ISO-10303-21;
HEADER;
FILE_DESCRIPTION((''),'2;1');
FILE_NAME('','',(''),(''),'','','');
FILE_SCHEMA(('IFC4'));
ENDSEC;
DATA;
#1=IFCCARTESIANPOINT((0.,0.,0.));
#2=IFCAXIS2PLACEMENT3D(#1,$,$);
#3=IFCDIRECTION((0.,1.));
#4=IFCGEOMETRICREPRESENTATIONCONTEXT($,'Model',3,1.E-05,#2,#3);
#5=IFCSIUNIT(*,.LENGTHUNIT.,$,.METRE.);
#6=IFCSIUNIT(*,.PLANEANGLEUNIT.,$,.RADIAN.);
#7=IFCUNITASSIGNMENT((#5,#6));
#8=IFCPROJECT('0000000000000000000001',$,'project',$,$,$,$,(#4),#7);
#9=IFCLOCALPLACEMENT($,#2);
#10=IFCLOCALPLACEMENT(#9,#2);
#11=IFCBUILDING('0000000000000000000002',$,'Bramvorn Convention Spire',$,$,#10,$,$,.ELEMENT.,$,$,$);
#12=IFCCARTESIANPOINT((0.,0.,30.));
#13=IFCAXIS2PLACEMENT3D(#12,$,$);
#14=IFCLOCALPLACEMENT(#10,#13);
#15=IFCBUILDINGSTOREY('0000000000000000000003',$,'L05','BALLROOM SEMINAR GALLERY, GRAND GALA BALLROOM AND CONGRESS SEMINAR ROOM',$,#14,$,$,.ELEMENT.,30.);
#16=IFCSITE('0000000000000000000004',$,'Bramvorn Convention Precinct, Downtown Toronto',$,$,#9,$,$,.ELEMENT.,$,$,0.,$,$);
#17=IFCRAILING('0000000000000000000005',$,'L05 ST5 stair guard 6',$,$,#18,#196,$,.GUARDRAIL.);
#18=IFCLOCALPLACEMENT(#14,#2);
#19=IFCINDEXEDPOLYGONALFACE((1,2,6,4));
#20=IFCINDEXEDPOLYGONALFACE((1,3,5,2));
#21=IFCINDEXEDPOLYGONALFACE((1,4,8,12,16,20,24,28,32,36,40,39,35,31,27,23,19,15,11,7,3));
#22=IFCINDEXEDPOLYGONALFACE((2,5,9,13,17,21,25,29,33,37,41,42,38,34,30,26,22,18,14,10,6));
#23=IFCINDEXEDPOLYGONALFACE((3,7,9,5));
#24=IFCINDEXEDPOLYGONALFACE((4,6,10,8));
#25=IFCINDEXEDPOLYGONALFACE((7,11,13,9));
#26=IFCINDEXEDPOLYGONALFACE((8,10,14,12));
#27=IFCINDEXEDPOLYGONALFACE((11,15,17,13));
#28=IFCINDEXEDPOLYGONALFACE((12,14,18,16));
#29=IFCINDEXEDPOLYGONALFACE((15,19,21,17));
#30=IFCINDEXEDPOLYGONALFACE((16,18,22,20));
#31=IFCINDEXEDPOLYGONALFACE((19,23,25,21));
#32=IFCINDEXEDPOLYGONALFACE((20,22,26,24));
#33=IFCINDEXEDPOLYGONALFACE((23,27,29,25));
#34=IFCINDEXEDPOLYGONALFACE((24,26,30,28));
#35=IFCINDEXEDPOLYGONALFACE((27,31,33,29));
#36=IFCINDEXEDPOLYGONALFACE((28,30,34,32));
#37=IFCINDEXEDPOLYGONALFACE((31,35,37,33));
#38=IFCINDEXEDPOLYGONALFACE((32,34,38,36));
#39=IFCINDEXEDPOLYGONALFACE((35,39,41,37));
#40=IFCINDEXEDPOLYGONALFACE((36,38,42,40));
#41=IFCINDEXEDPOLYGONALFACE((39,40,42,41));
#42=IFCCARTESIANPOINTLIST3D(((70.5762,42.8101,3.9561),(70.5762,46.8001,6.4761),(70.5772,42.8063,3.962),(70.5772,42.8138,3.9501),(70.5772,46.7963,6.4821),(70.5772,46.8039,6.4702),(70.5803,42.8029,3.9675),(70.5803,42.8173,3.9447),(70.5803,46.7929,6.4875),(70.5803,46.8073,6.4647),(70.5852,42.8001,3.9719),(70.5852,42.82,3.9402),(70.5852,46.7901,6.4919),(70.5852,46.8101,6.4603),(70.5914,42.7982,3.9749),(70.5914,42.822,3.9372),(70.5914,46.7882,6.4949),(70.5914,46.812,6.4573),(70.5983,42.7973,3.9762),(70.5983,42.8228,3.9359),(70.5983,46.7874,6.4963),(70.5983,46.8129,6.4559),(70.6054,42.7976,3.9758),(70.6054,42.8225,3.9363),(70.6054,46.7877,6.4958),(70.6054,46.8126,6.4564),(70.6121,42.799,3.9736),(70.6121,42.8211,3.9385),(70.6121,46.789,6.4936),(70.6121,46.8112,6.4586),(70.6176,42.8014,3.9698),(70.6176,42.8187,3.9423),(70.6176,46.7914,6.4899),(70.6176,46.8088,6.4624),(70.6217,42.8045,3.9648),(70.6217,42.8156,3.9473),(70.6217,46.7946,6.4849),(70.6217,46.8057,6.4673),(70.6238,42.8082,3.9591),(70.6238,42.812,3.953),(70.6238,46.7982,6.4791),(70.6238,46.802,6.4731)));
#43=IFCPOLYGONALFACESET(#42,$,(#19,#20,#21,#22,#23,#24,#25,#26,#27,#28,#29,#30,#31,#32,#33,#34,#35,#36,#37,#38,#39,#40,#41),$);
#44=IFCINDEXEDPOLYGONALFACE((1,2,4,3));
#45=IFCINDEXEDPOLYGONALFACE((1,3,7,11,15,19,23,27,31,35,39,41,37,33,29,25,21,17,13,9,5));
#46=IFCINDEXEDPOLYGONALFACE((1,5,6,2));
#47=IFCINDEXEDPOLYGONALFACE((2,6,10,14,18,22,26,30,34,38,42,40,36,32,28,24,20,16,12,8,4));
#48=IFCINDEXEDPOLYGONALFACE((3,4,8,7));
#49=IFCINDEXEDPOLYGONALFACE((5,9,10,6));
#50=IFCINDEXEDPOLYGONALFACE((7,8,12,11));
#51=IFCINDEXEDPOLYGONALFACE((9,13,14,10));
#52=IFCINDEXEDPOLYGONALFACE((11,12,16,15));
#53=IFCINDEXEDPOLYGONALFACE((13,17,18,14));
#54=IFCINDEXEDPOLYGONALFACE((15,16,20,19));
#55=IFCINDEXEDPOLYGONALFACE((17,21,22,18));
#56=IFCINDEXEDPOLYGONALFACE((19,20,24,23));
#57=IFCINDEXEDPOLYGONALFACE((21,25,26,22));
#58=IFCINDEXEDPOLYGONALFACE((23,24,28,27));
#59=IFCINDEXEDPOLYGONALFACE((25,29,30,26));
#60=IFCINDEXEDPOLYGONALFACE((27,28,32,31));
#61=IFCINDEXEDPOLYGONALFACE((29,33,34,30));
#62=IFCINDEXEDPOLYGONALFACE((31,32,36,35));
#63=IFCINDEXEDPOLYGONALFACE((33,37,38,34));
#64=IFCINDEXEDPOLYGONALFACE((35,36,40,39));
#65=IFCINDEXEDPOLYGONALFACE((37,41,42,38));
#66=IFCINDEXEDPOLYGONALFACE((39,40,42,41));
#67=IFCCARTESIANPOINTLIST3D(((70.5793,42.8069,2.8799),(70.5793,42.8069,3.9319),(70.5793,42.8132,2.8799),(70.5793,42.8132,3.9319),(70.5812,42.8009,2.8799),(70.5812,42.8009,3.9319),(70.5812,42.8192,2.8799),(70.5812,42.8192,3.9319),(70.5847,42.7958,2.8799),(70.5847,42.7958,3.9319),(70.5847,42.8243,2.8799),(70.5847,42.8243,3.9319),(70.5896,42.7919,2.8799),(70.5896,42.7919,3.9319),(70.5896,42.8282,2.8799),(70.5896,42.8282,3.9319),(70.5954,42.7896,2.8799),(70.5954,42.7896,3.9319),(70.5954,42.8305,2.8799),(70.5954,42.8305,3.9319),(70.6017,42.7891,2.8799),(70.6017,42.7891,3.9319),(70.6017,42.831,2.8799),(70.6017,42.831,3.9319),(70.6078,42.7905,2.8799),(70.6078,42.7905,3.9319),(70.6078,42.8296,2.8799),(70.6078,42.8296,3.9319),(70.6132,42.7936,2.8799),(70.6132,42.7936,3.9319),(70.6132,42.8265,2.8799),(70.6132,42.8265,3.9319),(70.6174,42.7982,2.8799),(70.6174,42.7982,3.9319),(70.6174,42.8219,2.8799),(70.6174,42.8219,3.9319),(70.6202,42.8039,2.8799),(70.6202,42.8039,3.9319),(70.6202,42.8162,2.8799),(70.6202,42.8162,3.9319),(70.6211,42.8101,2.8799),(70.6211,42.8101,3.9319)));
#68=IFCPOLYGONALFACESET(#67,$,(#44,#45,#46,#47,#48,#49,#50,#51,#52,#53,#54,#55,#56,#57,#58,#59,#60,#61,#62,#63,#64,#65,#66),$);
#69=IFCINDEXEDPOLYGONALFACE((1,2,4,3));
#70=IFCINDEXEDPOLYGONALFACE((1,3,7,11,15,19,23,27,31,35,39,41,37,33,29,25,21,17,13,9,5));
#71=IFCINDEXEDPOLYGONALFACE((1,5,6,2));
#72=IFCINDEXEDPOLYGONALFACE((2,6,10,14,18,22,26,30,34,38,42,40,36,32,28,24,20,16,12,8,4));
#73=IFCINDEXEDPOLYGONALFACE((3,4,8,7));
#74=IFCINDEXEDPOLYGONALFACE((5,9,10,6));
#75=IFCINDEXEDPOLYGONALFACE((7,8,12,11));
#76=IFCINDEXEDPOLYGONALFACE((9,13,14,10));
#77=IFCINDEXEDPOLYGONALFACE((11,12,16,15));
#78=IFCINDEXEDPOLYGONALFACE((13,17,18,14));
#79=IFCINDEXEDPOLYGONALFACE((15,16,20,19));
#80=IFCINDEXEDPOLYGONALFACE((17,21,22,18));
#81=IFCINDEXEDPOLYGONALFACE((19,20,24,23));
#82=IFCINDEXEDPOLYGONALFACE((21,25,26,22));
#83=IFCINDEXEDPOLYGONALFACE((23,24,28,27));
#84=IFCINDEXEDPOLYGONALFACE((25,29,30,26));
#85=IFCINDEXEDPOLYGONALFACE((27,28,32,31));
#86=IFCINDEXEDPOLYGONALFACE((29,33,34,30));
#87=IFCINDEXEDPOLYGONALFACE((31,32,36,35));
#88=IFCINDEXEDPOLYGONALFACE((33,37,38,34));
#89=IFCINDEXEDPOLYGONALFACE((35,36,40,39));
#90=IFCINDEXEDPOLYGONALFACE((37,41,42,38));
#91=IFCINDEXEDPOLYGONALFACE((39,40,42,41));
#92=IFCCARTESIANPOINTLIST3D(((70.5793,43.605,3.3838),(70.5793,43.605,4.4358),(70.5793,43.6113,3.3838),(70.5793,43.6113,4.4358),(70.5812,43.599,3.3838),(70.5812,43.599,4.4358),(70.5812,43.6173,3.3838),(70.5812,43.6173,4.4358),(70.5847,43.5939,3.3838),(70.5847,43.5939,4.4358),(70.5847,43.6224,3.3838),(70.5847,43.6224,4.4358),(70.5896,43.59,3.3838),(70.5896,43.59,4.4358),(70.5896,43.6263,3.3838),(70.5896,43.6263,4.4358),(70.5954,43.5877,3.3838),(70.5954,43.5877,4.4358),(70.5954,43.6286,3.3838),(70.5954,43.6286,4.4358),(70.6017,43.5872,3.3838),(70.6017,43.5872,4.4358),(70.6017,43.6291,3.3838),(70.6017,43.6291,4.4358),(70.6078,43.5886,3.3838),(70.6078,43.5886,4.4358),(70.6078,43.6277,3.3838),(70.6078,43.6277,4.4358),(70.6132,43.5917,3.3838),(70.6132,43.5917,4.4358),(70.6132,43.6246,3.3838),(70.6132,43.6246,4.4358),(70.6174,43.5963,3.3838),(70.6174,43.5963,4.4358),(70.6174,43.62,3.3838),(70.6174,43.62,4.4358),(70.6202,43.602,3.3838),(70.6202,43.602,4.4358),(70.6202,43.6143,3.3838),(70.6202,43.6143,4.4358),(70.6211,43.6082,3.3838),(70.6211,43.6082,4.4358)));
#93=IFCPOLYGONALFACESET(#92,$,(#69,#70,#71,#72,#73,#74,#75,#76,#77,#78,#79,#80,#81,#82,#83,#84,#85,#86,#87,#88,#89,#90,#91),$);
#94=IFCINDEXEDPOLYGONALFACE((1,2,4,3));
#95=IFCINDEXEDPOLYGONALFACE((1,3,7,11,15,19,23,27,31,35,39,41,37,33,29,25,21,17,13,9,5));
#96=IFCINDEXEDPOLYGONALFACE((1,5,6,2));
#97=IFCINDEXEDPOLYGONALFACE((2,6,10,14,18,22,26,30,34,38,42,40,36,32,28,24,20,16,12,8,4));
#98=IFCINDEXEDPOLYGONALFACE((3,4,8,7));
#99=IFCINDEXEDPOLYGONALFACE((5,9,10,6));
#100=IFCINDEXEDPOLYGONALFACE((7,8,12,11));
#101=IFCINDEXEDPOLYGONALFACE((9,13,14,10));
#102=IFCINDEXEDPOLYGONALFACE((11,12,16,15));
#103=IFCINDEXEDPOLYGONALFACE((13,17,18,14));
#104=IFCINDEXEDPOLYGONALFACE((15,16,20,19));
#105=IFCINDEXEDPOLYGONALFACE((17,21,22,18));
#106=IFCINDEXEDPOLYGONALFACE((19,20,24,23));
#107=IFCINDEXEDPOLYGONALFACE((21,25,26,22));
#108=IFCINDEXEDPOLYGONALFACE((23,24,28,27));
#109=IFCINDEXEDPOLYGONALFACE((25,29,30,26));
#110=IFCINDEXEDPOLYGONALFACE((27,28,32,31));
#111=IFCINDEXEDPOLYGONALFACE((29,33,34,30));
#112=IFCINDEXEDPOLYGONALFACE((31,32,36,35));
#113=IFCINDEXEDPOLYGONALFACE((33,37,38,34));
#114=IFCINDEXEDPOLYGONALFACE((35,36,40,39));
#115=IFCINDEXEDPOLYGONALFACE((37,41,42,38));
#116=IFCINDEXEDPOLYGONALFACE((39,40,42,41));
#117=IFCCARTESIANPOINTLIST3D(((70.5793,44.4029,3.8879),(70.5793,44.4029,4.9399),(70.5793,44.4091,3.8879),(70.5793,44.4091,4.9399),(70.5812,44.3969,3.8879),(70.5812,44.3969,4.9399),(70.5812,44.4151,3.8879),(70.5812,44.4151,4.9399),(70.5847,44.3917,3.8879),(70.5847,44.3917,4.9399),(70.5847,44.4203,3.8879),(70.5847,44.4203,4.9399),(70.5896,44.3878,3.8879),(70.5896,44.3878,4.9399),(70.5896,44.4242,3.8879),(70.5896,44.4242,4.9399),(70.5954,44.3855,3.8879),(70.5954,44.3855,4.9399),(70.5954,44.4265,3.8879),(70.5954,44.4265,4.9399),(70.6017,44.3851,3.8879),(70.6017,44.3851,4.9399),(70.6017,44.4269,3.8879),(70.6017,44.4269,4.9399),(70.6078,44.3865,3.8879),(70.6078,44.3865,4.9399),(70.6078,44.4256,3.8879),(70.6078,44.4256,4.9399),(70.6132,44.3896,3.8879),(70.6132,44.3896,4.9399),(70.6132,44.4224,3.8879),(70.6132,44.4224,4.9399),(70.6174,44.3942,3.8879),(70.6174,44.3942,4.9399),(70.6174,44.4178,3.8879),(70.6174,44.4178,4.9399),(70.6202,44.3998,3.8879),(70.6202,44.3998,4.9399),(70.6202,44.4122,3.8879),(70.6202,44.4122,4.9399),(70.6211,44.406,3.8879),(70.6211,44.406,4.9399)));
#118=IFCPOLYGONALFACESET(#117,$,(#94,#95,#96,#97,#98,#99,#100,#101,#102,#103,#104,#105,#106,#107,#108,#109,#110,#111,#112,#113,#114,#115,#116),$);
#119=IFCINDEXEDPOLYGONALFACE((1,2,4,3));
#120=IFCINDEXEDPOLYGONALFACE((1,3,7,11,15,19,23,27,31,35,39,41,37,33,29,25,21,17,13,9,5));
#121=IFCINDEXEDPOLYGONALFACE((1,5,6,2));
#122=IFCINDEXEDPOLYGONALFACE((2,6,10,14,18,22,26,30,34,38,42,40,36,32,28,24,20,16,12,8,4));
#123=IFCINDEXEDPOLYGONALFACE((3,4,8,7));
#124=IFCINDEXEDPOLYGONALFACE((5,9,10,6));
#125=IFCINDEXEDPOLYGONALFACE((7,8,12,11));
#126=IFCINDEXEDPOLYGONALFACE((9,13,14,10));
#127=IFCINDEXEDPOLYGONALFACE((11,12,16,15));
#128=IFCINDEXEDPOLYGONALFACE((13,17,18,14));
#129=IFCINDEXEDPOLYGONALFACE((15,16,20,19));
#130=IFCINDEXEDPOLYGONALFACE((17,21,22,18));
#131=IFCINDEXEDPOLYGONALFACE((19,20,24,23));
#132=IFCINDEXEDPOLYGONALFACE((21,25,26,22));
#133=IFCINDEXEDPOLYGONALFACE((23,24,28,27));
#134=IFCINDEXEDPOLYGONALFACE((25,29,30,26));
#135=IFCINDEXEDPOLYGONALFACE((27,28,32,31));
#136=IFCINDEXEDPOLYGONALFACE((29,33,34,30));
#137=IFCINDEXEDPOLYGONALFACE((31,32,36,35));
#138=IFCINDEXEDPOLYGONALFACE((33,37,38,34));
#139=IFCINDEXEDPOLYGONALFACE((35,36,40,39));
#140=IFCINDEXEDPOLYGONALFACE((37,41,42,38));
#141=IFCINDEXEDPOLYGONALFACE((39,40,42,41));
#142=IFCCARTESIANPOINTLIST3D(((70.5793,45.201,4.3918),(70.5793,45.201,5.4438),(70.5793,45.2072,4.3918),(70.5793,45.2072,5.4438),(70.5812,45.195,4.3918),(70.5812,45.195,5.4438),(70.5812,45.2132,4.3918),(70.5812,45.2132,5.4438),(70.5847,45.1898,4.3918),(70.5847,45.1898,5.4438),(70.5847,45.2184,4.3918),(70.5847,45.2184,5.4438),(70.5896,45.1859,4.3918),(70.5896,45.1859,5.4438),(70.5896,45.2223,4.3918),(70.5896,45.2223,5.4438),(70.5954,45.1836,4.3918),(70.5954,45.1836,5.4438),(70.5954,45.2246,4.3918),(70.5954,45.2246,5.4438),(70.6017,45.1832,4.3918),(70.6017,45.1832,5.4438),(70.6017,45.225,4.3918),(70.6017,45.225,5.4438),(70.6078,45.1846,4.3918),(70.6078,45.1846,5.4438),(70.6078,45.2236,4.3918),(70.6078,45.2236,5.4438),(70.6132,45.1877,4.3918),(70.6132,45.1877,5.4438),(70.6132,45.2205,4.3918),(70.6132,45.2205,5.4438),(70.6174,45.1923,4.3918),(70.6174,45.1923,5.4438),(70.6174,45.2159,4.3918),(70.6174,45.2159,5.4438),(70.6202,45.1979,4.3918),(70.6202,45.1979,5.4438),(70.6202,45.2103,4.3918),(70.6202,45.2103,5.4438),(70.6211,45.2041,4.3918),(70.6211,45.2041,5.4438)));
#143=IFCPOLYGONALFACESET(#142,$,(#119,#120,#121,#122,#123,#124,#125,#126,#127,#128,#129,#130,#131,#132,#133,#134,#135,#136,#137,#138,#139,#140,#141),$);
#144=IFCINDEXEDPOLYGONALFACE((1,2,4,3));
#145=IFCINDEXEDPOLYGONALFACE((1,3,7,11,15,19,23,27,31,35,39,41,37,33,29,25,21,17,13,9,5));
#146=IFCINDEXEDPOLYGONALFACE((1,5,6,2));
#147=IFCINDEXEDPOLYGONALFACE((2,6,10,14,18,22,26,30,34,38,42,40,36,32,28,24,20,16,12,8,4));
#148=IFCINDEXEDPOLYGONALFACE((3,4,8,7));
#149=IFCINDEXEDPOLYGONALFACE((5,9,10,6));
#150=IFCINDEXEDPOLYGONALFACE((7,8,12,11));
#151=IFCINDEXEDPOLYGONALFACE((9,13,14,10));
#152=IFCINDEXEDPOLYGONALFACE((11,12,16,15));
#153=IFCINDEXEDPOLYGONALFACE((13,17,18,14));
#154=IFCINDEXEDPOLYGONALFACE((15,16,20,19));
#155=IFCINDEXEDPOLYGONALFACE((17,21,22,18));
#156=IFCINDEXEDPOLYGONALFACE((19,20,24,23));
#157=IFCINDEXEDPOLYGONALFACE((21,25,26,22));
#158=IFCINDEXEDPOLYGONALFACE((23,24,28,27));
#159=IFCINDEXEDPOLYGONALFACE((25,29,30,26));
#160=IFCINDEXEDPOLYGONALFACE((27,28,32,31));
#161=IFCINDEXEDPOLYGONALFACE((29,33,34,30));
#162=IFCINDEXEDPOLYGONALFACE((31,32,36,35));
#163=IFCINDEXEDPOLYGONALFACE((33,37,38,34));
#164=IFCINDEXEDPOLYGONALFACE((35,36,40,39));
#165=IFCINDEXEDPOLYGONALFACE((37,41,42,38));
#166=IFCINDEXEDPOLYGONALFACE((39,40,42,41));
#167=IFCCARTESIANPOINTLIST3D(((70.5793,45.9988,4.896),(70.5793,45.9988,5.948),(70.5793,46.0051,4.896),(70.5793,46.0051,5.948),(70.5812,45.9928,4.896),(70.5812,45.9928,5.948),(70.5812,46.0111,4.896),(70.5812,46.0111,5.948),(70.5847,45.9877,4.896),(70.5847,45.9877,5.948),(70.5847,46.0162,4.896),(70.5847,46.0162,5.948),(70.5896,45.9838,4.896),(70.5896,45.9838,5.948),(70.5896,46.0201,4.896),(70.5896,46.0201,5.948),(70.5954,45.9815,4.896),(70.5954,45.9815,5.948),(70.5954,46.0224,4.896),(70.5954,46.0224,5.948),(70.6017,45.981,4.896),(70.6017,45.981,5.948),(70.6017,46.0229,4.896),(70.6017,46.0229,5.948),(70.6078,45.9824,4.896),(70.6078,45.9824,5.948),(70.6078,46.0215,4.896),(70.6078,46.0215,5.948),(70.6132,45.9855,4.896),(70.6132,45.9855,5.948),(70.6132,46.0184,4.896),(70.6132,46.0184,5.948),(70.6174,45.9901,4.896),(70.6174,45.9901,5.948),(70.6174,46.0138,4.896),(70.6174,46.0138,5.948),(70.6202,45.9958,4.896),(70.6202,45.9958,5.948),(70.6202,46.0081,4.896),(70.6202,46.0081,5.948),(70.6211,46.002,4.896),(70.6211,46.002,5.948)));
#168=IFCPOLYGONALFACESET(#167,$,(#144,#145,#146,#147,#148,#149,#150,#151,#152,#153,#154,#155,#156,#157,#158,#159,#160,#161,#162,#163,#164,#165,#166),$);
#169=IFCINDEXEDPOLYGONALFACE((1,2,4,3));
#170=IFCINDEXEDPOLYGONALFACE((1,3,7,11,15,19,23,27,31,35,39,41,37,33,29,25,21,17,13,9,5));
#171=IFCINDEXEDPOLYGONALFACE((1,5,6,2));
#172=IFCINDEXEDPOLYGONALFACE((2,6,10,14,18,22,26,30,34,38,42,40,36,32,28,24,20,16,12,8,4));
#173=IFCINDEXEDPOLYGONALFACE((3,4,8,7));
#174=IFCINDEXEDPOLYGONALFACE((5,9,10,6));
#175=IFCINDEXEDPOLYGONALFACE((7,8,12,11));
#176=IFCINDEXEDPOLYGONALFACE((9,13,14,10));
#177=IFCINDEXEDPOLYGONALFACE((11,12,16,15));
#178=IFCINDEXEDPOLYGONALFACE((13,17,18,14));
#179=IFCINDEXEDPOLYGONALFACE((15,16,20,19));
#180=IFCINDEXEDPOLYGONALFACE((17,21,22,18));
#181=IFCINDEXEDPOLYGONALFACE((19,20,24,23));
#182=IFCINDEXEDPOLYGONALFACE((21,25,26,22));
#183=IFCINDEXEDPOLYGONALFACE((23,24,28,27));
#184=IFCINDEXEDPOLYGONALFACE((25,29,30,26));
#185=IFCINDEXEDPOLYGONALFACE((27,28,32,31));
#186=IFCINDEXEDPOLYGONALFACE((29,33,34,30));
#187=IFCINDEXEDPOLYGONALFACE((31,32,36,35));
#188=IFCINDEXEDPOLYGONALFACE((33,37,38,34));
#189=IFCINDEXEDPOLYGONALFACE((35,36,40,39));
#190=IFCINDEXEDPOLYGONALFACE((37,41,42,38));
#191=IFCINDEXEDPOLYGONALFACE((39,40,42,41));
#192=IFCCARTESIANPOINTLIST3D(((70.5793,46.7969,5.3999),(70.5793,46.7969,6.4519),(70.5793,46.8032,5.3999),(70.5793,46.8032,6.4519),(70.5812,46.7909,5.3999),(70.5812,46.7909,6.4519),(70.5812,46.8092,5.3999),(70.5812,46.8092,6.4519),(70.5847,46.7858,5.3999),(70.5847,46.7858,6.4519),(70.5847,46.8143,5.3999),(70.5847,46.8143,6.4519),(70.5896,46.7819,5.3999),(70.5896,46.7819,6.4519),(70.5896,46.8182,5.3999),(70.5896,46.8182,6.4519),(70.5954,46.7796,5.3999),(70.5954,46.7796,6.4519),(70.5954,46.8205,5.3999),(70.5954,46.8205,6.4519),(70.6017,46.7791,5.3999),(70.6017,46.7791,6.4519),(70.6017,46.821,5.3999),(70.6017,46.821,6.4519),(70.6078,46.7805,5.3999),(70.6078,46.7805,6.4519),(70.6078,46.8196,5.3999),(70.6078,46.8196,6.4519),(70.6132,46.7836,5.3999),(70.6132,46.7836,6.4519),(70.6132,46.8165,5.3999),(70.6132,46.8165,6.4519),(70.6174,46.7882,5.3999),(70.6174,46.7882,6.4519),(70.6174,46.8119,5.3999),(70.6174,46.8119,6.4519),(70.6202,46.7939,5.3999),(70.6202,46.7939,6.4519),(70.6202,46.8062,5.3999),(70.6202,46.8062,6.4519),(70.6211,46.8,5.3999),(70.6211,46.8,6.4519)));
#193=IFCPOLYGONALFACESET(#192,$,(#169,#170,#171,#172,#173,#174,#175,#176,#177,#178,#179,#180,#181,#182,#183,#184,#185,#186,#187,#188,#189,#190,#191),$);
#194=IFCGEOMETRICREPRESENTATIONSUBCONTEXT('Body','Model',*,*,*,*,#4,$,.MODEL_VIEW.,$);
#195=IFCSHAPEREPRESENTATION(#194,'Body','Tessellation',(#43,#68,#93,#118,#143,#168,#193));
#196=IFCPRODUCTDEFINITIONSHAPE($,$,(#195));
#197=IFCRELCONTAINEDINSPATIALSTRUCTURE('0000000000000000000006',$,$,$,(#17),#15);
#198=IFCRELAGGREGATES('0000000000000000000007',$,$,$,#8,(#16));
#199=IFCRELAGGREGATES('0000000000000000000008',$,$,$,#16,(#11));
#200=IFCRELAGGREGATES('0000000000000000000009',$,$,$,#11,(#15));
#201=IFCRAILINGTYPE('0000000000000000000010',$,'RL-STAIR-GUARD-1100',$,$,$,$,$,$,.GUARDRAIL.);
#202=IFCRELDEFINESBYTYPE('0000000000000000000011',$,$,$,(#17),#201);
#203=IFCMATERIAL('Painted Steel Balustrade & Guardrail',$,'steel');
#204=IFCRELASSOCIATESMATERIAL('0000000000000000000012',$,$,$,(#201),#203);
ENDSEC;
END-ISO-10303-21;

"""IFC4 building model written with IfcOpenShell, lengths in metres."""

from ifc_helpers import new_model, si_unit, direction, frame, origin, origin_2d, place, context, subcontext, project, spatial, circle, extrude, material, type_object, element, save


model = new_model("IFC4")

# Units and contexts
model_context = context("Model", 3, precision=1e-05, world=origin(), true_north=direction((0.0, 1.0)))
body_context = subcontext(model_context, "Body", "Model", "MODEL_VIEW")
ifc_project = project(units=[si_unit("LENGTHUNIT", "METRE"), si_unit("PLANEANGLEUNIT", "RADIAN")], contexts=[model_context])

# Site, building, storey
site_placement = place(None, origin())
site = spatial("IfcSite", under=ifc_project, at=site_placement, Name="Bramvorn Convention Precinct, Downtown Toronto", CompositionType="ELEMENT", RefElevation=0.0)
building_placement = place(site_placement, origin())
building = spatial("IfcBuilding", under=site, at=building_placement, Name="Bramvorn Convention Spire", CompositionType="ELEMENT")
storey_placement = place(building_placement, frame((0.0, 0.0, 30.0)))
storey = spatial("IfcBuildingStorey", under=building, at=storey_placement, Name="L05", Description="BALLROOM SEMINAR GALLERY, GRAND GALA BALLROOM AND CONGRESS SEMINAR ROOM", CompositionType="ELEMENT", Elevation=30.0)

# Railing
ifc_material_1 = material(Name="Painted Steel Balustrade & Guardrail", Category="steel")
railing_type_1 = type_object("IfcRailingType", Name="RL-STAIR-GUARD-1100", PredefinedType="GUARDRAIL", material=ifc_material_1)
railing_1_placement = place(storey_placement, frame((70.6001, 42.8101, 2.8799)))
element("IfcRailing", 1, at=railing_1_placement, inside=storey, type_object=railing_type_1, Name="L05 ST5 stair guard 6", PredefinedType="GUARDRAIL", context=body_context, shape_type="SweptSolid", body=[
    extrude(circle(Radius=0.0239, at=origin_2d()), frame((0.0, 0.0, 1.0762), z_axis=(0.0, 0.845486, 0.533997), x_axis=(-1.0, 0.0, 0.0)), (0.0, 0.0, 1.0), 4.7192),
    extrude(circle(Radius=0.021, at=origin_2d()), origin(), (0.0, 0.0, 1.0), 1.052),
    extrude(circle(Radius=0.021, at=origin_2d()), frame((0.0, 0.7981, 0.5039)), (0.0, 0.0, 1.0), 1.052),
    extrude(circle(Radius=0.021, at=origin_2d()), frame((0.0, 1.5959, 1.0081)), (0.0, 0.0, 1.0), 1.052),
    extrude(circle(Radius=0.021, at=origin_2d()), frame((0.0, 2.394, 1.512)), (0.0, 0.0, 1.0), 1.052),
    extrude(circle(Radius=0.021, at=origin_2d()), frame((0.0, 3.1919, 2.0161)), (0.0, 0.0, 1.0), 1.052),
    extrude(circle(Radius=0.021, at=origin_2d()), frame((0.0, 3.99, 2.52)), (0.0, 0.0, 1.0), 1.052),
])

save(model, "model.ifc")
